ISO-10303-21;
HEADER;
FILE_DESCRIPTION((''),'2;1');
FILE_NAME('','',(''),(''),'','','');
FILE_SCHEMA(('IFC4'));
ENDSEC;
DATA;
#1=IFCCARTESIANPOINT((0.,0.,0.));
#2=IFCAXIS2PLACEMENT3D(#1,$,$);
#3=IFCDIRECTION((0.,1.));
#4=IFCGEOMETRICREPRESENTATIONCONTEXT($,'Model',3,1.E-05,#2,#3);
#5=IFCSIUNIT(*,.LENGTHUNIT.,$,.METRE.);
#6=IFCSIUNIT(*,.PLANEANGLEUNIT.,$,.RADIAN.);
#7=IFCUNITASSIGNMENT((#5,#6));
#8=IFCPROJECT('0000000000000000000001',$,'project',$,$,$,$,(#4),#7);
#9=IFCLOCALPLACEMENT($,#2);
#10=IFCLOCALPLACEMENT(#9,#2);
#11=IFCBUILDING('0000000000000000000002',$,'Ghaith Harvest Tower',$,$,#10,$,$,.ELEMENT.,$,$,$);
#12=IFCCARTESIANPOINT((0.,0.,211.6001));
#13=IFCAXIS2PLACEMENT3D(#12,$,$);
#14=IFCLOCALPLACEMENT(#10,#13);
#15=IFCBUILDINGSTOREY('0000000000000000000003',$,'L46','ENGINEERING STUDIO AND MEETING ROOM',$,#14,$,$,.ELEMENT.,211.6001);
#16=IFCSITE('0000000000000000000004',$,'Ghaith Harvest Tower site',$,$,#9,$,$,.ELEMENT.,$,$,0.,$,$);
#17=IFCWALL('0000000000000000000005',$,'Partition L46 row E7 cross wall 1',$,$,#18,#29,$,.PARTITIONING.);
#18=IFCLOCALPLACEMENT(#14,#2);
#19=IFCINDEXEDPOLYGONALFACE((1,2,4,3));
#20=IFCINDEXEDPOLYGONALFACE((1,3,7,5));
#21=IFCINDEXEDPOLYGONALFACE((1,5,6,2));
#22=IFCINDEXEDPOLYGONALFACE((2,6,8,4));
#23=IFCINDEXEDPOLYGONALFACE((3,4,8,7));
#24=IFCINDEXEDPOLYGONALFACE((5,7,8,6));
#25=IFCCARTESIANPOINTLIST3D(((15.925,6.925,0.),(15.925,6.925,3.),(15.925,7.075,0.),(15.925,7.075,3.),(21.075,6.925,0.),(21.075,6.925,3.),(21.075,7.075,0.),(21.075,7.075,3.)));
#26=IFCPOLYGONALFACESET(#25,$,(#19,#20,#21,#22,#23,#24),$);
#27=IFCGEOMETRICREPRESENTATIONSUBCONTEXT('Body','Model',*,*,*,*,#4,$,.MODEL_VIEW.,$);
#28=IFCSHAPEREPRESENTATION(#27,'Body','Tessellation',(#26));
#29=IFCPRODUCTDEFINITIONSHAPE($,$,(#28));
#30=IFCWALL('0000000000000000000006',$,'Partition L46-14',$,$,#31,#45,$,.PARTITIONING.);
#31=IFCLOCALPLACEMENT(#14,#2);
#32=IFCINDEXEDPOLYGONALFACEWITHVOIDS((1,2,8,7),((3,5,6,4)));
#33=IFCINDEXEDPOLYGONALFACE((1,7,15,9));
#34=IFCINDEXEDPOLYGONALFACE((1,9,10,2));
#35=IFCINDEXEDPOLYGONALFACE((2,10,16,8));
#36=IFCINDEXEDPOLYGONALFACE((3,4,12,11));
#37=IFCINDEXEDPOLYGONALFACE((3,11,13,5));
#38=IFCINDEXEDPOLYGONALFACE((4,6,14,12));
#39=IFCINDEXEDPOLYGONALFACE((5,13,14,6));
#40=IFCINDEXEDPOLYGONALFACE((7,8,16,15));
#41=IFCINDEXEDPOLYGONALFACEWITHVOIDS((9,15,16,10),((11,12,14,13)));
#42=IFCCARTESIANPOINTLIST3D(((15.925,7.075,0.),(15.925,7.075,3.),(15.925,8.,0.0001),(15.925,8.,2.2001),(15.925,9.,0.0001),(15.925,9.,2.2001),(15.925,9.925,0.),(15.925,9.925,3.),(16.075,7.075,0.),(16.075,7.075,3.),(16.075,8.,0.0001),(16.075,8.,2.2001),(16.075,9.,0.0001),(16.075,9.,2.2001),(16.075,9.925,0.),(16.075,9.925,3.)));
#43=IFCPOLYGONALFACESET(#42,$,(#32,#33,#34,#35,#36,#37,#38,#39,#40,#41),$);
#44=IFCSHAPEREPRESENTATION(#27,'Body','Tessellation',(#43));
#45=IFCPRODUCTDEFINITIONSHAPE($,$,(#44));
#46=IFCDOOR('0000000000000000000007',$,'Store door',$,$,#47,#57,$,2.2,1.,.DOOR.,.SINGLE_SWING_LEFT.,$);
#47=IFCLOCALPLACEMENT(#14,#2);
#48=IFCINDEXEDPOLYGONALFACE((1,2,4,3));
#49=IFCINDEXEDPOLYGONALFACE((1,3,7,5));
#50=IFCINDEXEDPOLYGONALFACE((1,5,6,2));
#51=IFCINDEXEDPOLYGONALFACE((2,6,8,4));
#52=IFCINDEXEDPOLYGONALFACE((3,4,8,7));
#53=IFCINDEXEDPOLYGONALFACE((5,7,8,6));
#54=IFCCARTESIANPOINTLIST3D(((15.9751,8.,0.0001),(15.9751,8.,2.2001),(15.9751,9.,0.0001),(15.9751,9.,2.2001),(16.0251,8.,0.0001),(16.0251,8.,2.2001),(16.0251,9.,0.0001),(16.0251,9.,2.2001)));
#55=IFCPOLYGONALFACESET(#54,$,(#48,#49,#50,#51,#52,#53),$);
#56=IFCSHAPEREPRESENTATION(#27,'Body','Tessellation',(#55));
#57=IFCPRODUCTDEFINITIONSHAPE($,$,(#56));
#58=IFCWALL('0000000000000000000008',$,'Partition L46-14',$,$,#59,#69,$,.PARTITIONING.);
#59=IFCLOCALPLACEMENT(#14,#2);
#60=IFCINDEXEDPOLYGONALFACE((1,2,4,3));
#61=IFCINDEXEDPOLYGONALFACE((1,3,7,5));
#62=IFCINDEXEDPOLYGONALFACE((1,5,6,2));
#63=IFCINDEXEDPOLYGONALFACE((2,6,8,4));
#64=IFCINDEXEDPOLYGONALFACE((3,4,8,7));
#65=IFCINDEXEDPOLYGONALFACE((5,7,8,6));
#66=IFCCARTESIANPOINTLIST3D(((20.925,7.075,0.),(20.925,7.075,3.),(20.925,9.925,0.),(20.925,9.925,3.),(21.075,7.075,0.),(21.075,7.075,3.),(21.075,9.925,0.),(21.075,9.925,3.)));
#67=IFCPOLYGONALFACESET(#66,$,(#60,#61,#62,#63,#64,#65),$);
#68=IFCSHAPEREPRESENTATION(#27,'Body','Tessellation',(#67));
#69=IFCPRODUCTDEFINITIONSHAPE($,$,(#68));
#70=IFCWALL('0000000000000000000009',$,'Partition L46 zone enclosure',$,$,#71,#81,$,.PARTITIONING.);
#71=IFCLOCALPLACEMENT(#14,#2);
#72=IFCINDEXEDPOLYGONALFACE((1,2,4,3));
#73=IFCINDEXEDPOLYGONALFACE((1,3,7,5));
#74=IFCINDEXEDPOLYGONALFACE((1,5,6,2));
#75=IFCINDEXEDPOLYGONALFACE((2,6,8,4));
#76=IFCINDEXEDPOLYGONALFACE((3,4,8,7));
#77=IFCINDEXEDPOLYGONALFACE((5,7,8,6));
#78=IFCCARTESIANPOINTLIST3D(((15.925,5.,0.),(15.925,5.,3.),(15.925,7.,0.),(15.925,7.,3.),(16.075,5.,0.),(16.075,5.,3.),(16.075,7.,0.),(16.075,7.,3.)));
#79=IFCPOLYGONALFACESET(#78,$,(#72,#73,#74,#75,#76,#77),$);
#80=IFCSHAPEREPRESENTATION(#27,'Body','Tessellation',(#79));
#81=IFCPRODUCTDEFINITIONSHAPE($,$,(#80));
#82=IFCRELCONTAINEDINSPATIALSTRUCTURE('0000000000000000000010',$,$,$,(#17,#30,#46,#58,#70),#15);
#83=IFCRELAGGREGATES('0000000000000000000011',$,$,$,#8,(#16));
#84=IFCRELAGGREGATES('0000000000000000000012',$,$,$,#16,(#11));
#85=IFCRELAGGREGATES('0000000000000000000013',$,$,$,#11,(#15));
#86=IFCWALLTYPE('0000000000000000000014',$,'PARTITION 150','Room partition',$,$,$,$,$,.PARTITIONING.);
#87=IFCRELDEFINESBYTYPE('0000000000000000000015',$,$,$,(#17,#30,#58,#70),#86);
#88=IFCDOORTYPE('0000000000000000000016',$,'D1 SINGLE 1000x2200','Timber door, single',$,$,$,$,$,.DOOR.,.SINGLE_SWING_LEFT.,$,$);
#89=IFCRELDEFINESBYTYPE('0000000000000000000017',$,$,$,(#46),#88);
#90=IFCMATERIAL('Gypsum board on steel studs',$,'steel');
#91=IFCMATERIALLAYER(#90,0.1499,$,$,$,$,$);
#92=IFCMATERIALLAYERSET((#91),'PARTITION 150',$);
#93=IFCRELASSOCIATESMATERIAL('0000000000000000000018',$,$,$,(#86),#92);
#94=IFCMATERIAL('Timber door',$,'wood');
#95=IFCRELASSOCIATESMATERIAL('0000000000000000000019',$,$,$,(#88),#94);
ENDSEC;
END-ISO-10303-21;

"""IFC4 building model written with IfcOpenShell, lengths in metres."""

from ifc_helpers import new_model, si_unit, direction, frame, frame_2d, origin, place, context, subcontext, project, spatial, rectangle, extrude, material, layer, layer_set, type_object, element, fill, save


model = new_model("IFC4")

# Units and contexts
model_context = context("Model", 3, precision=1e-05, world=origin(), true_north=direction((0.0, 1.0)))
body_context = subcontext(model_context, "Body", "Model", "MODEL_VIEW")
ifc_project = project(units=[si_unit("LENGTHUNIT", "METRE"), si_unit("PLANEANGLEUNIT", "RADIAN")], contexts=[model_context])

# Site, building, storey
site_placement = place(None, origin())
site = spatial("IfcSite", under=ifc_project, at=site_placement, Name="Ghaith Harvest Tower site", CompositionType="ELEMENT", RefElevation=0.0)
building_placement = place(site_placement, origin())
building = spatial("IfcBuilding", under=site, at=building_placement, Name="Ghaith Harvest Tower", CompositionType="ELEMENT")
storey_placement = place(building_placement, frame((0.0, 0.0, 211.6001)))
storey = spatial("IfcBuildingStorey", under=building, at=storey_placement, Name="L46", Description="ENGINEERING STUDIO AND MEETING ROOM", CompositionType="ELEMENT", Elevation=211.6001)

# Wall
ifc_material_1 = material(Name="Gypsum board on steel studs", Category="steel")
ifc_layer_1 = layer(ifc_material_1, 0.1499)
ifc_layer_set_1 = layer_set([ifc_layer_1], Name="PARTITION 150")
wall_type_1 = type_object("IfcWallType", Name="PARTITION 150", Description="Room partition", PredefinedType="PARTITIONING", material=ifc_layer_set_1)
wall_1_placement = place(storey_placement, frame((15.925, 7.0, 0.0), z_axis=(0.0, 0.0, 1.0), x_axis=(1.0, 0.0, 0.0)))
element("IfcWall", 1, at=wall_1_placement, inside=storey, type_object=wall_type_1, Name="Partition L46 row E7 cross wall 1", PredefinedType="PARTITIONING", context=body_context, shape_type="SweptSolid", body=[
    extrude(rectangle(XDim=5.1499, YDim=0.1499, at=frame_2d((2.575, 0.0))), origin(), (0.0, 0.0, 1.0), 3.0),
])

# Wall, opening, door
wall_2_placement = place(storey_placement, frame((16.0, 7.075, 0.0), z_axis=(0.0, 0.0, 1.0), x_axis=(0.0, 1.0, 0.0)))
wall_2 = element("IfcWall", 2, at=wall_2_placement, inside=storey, type_object=wall_type_1, Name="Partition L46-14", PredefinedType="PARTITIONING", context=body_context, shape_type="SweptSolid", body=[
    extrude(rectangle(XDim=2.8501, YDim=0.1499, at=frame_2d((1.425, 0.0))), origin(), (0.0, 0.0, 1.0), 3.0),
])
opening_1_placement = place(wall_2_placement, frame((0.925, 0.0, 0.0)))
opening_1 = element("IfcOpeningElement", 3, at=opening_1_placement, cuts=wall_2, PredefinedType="OPENING", context=body_context, shape_type="SweptSolid", body=[
    extrude(rectangle(XDim=1.0, YDim=2.2, at=frame_2d((0.5, 1.1001))), frame((0.0, 0.085, 0.0), z_axis=(0.0, -1.0, 0.0), x_axis=(1.0, 0.0, 0.0)), (0.0, 0.0, 1.0), 0.1699),
])
ifc_material_2 = material(Name="Timber door", Category="wood")
door_type_1 = type_object("IfcDoorType", Name="D1 SINGLE 1000x2200", Description="Timber door, single", OperationType="SINGLE_SWING_LEFT", PredefinedType="DOOR", material=ifc_material_2)
door_1_placement = place(opening_1_placement, origin())
door_1 = element("IfcDoor", 4, at=door_1_placement, inside=storey, type_object=door_type_1, Name="Store door", OperationType="SINGLE_SWING_LEFT", OverallHeight=2.2, OverallWidth=1.0, PredefinedType="DOOR", context=body_context, shape_type="SweptSolid", body=[
    extrude(rectangle(XDim=1.0, YDim=2.2, at=frame_2d((0.5, 1.1001))), frame((0.0, 0.0249, 0.0), z_axis=(0.0, -1.0, 0.0), x_axis=(1.0, 0.0, 0.0)), (0.0, 0.0, 1.0), 0.05),
])
fill(opening_1, door_1)

# Walls
wall_3_placement = place(storey_placement, frame((21.0, 7.075, 0.0), z_axis=(0.0, 0.0, 1.0), x_axis=(0.0, 1.0, 0.0)))
element("IfcWall", 5, at=wall_3_placement, inside=storey, type_object=wall_type_1, Name="Partition L46-14", PredefinedType="PARTITIONING", context=body_context, shape_type="SweptSolid", body=[
    extrude(rectangle(XDim=2.8501, YDim=0.1499, at=frame_2d((1.425, 0.0))), origin(), (0.0, 0.0, 1.0), 3.0),
])
wall_4_placement = place(storey_placement, frame((16.0, 5.0, 0.0), z_axis=(0.0, 0.0, 1.0), x_axis=(0.0, 1.0, 0.0)))
element("IfcWall", 6, at=wall_4_placement, inside=storey, type_object=wall_type_1, Name="Partition L46 zone enclosure", PredefinedType="PARTITIONING", context=body_context, shape_type="SweptSolid", body=[
    extrude(rectangle(XDim=2.0, YDim=0.1499, at=frame_2d((1.0, 0.0))), origin(), (0.0, 0.0, 1.0), 3.0),
])

save(model, "model.ifc")
